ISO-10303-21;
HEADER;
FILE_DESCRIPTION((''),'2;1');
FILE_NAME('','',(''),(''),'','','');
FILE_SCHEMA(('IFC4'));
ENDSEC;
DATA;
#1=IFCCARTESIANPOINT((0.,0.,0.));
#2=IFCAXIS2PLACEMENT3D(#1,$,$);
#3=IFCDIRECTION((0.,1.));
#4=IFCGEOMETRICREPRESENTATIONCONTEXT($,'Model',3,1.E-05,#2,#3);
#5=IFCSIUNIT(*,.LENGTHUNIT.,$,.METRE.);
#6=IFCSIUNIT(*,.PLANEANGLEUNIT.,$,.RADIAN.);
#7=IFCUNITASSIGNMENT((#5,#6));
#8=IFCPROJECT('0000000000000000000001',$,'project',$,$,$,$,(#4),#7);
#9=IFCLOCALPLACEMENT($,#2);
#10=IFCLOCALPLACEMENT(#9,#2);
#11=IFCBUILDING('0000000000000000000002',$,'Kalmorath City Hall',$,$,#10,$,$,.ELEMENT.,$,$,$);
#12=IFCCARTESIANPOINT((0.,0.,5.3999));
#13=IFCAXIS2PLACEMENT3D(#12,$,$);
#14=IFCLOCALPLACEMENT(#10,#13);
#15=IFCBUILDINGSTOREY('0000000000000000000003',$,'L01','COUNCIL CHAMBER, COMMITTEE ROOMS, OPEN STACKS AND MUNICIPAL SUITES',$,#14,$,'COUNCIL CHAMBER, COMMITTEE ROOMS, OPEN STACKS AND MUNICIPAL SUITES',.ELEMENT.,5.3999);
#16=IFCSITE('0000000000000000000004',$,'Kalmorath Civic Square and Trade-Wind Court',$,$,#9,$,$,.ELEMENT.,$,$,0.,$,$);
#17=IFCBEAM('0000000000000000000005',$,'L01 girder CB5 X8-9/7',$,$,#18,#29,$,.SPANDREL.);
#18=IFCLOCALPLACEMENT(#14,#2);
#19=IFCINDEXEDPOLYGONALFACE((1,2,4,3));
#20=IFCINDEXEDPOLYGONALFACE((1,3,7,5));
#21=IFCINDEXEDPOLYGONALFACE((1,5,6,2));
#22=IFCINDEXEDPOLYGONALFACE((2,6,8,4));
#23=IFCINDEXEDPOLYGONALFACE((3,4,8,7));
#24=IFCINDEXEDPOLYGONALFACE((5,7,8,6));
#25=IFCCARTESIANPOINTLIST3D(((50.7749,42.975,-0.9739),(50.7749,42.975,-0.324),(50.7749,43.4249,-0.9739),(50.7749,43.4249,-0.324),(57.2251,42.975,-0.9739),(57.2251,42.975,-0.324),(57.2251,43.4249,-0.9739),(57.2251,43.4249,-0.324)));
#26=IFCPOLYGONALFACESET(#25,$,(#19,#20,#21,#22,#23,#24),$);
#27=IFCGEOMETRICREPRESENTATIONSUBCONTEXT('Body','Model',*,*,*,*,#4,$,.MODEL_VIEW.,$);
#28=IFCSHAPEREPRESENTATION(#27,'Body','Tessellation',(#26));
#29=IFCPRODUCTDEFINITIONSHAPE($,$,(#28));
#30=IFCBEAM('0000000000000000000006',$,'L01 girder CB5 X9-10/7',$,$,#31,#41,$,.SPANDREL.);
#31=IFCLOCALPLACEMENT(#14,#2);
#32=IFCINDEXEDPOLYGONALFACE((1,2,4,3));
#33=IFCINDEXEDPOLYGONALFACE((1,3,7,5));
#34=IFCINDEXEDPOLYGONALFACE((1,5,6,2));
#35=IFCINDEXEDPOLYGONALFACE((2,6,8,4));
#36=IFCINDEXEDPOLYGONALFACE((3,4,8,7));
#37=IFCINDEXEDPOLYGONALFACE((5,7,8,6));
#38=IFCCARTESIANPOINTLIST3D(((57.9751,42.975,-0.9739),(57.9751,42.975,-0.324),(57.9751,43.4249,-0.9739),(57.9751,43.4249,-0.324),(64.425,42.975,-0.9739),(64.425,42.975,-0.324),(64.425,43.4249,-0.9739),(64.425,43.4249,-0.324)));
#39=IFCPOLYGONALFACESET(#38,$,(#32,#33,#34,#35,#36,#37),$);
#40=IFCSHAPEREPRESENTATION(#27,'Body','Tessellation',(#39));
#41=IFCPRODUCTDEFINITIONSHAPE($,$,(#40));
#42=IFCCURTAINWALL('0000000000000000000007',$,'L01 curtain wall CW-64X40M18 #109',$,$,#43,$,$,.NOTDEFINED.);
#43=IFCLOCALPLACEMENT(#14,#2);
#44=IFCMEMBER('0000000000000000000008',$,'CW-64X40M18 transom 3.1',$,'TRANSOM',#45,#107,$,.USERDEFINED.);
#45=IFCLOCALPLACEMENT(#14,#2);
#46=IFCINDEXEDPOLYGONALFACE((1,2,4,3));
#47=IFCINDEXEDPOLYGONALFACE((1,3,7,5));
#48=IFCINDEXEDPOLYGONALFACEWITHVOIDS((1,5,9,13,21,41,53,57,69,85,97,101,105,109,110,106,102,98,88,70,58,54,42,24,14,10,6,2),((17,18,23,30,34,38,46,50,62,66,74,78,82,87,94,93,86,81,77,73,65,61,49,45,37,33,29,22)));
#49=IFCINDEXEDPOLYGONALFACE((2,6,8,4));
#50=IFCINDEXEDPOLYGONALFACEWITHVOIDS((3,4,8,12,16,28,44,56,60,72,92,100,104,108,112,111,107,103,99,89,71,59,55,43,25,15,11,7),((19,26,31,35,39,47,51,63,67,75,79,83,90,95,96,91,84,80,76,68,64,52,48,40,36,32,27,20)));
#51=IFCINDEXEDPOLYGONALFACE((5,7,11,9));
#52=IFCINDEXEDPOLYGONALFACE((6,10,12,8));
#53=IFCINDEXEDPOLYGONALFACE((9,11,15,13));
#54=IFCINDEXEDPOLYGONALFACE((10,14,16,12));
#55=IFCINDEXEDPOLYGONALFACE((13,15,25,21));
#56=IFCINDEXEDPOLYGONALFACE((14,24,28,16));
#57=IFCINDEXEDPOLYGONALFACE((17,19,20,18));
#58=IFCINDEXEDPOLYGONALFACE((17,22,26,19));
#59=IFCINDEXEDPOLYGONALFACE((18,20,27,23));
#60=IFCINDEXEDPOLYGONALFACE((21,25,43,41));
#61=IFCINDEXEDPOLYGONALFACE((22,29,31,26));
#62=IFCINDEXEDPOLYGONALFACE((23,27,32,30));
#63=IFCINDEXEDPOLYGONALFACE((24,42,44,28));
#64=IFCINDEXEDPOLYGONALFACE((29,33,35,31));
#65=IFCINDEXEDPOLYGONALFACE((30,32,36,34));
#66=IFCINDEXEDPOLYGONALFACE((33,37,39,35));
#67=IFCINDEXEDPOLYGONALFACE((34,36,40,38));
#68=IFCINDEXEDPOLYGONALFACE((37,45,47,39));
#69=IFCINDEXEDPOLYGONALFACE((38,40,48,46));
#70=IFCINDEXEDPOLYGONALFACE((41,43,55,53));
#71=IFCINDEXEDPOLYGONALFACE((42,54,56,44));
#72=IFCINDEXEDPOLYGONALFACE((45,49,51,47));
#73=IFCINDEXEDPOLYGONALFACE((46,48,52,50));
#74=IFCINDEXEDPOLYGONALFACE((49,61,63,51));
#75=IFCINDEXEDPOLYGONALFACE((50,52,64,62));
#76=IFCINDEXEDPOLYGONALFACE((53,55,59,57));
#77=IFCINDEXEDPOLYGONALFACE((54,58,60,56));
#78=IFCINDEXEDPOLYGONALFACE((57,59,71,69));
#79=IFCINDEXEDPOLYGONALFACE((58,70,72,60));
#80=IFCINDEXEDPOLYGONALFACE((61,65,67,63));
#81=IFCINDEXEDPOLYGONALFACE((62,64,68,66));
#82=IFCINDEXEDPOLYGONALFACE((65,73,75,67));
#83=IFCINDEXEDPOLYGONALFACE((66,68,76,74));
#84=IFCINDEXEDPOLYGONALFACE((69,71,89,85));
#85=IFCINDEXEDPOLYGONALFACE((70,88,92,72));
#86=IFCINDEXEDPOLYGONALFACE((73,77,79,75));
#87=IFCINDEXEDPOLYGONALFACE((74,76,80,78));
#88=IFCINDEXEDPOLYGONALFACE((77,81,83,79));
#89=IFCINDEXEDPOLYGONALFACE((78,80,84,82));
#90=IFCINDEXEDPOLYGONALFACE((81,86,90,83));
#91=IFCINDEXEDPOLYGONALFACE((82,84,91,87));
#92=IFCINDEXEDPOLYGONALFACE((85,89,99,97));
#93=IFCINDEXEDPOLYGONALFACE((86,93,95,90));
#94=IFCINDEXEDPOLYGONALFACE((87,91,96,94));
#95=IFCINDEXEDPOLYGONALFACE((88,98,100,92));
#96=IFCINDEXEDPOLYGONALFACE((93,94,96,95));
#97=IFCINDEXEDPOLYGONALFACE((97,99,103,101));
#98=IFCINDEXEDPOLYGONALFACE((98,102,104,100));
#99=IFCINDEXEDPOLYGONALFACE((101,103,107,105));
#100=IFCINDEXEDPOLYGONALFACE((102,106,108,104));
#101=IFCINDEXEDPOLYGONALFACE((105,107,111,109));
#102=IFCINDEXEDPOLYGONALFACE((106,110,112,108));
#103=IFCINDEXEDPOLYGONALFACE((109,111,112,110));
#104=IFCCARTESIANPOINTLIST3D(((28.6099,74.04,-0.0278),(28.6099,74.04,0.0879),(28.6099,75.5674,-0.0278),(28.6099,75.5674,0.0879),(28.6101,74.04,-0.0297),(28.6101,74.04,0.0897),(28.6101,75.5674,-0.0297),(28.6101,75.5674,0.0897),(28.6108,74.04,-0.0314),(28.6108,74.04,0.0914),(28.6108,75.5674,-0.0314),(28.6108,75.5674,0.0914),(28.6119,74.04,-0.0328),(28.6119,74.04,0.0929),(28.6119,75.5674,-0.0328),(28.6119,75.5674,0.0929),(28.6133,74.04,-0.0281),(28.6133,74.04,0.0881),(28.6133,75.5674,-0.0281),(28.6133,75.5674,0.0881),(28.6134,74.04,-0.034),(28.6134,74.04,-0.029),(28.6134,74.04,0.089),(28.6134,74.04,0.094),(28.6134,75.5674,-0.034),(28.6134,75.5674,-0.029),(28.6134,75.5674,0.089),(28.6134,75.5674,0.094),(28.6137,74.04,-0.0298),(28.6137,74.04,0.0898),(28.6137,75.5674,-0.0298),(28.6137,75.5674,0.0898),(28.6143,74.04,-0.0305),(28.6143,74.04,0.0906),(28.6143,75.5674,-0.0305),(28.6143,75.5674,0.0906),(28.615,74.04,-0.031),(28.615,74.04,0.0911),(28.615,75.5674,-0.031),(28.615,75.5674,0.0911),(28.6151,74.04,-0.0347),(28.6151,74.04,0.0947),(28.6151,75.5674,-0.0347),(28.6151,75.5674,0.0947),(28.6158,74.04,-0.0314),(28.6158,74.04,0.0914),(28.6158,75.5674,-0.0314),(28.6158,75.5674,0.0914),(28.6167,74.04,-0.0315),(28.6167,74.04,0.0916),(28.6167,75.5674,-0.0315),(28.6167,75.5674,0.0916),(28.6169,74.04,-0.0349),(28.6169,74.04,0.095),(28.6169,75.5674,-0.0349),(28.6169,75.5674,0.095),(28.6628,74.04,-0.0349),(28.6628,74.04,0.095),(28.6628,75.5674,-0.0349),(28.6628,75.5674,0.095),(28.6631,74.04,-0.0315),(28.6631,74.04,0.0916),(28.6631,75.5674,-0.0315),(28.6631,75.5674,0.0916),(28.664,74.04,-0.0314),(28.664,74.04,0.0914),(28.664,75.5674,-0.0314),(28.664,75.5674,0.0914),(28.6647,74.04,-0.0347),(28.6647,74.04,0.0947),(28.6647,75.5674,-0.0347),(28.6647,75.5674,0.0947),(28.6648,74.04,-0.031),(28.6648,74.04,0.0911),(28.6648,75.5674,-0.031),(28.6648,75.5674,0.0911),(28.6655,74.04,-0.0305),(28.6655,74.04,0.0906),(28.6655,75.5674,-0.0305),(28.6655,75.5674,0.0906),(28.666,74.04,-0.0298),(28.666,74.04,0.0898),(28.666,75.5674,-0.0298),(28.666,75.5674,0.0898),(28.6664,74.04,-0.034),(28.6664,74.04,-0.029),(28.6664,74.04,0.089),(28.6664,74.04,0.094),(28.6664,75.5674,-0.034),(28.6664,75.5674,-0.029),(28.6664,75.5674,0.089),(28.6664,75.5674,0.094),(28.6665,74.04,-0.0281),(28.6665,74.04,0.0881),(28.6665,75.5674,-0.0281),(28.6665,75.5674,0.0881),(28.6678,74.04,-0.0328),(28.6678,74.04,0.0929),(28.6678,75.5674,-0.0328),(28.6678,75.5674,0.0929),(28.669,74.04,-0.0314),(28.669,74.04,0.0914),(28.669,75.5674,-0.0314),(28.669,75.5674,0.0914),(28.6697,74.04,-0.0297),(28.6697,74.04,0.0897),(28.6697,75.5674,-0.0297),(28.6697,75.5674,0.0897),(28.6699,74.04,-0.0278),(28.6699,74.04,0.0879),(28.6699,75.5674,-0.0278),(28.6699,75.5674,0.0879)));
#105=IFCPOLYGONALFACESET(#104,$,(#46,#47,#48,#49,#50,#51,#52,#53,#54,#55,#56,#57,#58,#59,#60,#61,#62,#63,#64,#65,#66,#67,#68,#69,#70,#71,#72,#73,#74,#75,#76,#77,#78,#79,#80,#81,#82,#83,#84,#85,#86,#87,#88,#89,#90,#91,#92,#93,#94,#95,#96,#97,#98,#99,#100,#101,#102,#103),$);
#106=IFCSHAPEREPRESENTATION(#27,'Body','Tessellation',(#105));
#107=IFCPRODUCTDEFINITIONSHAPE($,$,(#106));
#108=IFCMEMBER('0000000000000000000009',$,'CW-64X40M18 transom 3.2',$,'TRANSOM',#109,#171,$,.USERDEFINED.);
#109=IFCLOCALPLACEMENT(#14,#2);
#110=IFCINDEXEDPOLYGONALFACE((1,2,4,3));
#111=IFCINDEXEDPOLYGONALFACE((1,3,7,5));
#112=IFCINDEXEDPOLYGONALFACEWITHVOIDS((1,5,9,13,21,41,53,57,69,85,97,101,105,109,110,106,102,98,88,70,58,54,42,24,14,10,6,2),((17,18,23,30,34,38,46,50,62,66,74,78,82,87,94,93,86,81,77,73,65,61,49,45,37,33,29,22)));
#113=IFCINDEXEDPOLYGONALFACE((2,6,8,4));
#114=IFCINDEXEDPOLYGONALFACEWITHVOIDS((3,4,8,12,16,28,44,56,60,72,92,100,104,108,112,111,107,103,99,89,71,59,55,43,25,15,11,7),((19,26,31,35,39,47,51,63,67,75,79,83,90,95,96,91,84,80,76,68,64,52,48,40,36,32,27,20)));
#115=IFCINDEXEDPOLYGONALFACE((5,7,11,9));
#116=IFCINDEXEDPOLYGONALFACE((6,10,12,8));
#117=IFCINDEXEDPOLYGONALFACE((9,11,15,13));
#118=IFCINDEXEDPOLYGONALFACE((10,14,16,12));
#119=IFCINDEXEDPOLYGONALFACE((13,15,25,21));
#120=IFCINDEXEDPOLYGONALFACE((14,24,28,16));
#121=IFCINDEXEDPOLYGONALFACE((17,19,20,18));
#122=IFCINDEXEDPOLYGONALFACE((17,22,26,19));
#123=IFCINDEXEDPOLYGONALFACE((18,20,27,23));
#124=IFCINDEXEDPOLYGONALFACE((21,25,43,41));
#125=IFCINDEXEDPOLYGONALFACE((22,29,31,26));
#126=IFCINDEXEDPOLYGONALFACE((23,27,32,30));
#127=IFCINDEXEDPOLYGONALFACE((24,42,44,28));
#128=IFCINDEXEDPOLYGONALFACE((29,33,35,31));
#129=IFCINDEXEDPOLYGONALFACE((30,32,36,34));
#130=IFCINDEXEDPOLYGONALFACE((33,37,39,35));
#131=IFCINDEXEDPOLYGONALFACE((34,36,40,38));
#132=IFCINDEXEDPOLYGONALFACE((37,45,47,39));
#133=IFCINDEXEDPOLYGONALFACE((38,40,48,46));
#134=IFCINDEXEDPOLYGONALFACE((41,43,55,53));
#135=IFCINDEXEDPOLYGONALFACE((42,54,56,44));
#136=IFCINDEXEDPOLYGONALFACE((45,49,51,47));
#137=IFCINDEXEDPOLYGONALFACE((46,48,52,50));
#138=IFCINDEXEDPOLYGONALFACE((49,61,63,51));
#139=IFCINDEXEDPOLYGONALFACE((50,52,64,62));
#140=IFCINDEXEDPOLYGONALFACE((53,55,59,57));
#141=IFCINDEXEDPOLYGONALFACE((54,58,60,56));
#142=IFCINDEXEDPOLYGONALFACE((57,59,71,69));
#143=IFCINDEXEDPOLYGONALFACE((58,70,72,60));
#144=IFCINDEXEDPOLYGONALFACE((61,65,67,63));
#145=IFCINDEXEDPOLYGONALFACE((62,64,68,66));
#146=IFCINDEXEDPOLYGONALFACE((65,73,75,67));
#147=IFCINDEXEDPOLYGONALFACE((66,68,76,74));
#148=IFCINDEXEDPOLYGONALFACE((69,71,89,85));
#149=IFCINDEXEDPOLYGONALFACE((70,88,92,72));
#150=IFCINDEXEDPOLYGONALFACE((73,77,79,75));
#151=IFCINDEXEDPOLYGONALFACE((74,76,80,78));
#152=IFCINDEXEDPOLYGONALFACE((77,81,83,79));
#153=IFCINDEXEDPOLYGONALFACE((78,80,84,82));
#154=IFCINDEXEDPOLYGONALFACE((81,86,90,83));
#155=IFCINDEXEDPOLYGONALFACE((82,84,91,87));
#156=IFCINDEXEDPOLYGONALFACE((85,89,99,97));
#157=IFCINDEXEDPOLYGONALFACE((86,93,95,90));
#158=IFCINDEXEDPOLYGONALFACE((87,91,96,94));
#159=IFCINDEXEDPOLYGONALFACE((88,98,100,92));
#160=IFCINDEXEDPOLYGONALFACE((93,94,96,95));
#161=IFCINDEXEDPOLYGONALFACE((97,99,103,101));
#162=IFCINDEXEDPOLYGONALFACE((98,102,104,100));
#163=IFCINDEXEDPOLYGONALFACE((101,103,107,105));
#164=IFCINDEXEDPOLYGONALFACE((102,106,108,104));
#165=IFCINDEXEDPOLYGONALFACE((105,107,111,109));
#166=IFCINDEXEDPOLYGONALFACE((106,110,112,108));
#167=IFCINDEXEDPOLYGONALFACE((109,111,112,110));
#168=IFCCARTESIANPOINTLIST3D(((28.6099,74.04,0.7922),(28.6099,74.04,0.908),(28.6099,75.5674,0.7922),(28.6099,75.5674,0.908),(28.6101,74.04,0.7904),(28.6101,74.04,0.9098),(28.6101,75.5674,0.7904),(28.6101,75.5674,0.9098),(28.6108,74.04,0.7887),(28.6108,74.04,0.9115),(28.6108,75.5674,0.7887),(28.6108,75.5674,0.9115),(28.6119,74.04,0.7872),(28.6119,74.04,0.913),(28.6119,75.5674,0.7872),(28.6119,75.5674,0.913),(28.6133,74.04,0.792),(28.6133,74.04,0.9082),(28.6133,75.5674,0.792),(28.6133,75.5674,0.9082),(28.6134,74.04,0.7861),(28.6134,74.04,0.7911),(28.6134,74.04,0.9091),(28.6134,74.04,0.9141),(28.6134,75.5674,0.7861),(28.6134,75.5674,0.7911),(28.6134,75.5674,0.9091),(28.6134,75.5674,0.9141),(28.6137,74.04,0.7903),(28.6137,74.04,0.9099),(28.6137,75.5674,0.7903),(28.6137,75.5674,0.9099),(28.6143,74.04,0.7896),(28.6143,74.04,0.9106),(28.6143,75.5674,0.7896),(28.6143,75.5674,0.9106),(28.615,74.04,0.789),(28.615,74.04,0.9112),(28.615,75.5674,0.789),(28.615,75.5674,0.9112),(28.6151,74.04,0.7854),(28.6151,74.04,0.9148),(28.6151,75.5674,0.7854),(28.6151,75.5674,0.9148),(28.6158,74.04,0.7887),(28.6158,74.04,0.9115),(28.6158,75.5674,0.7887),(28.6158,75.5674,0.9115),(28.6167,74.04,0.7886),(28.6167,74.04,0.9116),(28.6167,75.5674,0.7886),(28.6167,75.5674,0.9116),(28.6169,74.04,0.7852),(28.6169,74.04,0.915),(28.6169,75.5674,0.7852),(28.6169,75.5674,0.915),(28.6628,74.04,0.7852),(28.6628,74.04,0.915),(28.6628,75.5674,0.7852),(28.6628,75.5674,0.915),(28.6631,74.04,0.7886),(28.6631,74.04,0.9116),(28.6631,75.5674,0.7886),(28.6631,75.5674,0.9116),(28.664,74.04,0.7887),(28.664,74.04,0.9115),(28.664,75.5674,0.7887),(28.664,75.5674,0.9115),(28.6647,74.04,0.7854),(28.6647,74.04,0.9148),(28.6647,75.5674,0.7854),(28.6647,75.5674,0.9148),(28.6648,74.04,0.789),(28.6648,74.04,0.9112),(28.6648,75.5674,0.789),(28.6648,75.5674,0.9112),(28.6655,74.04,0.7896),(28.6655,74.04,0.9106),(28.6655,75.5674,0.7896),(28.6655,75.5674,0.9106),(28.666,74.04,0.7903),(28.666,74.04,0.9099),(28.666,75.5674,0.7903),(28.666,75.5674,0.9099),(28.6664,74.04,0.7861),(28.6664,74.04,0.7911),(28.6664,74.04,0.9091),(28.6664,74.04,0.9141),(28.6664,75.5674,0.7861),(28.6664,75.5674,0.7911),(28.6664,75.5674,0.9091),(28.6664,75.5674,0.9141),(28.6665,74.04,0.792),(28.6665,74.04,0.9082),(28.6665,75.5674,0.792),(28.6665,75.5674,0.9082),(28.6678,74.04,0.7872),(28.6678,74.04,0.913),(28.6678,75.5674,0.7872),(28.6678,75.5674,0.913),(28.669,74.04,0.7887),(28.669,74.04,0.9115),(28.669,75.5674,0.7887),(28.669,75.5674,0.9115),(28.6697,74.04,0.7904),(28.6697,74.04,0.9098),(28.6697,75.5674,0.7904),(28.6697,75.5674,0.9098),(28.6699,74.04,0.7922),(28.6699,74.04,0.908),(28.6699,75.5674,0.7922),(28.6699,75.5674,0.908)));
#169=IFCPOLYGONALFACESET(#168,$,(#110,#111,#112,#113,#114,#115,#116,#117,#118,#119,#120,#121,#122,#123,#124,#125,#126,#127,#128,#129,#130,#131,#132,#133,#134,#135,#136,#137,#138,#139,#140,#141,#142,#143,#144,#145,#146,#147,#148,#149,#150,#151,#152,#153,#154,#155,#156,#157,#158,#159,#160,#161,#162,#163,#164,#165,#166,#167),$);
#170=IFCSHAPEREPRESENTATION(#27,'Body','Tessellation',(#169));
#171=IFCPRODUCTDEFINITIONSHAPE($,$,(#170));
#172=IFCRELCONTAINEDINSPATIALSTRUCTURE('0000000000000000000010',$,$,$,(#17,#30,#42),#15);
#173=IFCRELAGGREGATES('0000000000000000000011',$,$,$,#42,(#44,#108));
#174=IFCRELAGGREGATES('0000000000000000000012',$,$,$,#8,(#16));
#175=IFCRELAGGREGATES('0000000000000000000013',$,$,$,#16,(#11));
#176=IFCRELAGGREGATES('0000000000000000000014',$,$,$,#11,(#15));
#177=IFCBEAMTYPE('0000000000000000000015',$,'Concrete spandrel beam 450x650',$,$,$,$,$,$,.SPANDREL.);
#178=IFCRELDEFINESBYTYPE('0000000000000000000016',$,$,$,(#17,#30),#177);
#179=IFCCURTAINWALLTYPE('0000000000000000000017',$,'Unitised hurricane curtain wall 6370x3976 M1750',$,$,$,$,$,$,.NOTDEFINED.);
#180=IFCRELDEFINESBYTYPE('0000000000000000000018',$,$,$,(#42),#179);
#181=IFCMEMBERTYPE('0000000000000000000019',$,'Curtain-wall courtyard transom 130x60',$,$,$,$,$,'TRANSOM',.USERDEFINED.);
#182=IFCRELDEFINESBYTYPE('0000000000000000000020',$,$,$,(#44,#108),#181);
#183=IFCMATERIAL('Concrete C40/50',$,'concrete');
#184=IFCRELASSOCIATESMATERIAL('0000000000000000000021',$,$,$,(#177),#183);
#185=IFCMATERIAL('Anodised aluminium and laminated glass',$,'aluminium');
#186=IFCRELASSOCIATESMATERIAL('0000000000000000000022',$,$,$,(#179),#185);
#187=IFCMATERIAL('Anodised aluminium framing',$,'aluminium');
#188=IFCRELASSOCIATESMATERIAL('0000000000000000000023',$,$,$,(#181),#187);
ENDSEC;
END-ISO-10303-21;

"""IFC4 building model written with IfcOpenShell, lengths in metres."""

from ifc_helpers import new_model, si_unit, direction, frame, origin, origin_2d, place, context, subcontext, project, spatial, rectangle, hollow_rectangle, extrude, material, material_profile, profile_set, type_object, element, aggregate, save


model = new_model("IFC4")

# Units and contexts
model_context = context("Model", 3, precision=1e-05, world=origin(), true_north=direction((0.0, 1.0)))
body_context = subcontext(model_context, "Body", "Model", "MODEL_VIEW")
ifc_project = project(units=[si_unit("LENGTHUNIT", "METRE"), si_unit("PLANEANGLEUNIT", "RADIAN")], contexts=[model_context])

# Site, building, storey
site_placement = place(None, origin())
site = spatial("IfcSite", under=ifc_project, at=site_placement, Name="Kalmorath Civic Square and Trade-Wind Court", CompositionType="ELEMENT", RefElevation=0.0)
building_placement = place(site_placement, origin())
building = spatial("IfcBuilding", under=site, at=building_placement, Name="Kalmorath City Hall", CompositionType="ELEMENT")
storey_placement = place(building_placement, frame((0.0, 0.0, 5.3999)))
storey = spatial("IfcBuildingStorey", under=building, at=storey_placement, Name="L01", Description="COUNCIL CHAMBER, COMMITTEE ROOMS, OPEN STACKS AND MUNICIPAL SUITES", LongName="COUNCIL CHAMBER, COMMITTEE ROOMS, OPEN STACKS AND MUNICIPAL SUITES", CompositionType="ELEMENT", Elevation=5.3999)

# Beams
ifc_material_1 = material(Name="Concrete C40/50", Category="concrete")
ifc_material_profile_1 = material_profile(ifc_material_1, rectangle(XDim=0.45, YDim=0.6499, at=origin_2d()), Name="RC-BM-450X650")
ifc_profile_set_1 = profile_set([ifc_material_profile_1], Name="Concrete C40/50")
beam_type_1 = type_object("IfcBeamType", Name="Concrete spandrel beam 450x650", PredefinedType="SPANDREL", material=ifc_profile_set_1)
beam_1_placement = place(storey_placement, frame((50.7749, 43.2, -0.6489), z_axis=(1.0, 0.0, 0.0), x_axis=(0.0, 1.0, 0.0)))
element("IfcBeam", 1, at=beam_1_placement, inside=storey, type_object=beam_type_1, Name="L01 girder CB5 X8-9/7", PredefinedType="SPANDREL", context=body_context, shape_type="SweptSolid", body=[
    extrude(rectangle(XDim=0.45, YDim=0.6499, at=origin_2d()), origin(), (0.0, 0.0, 1.0), 6.4502),
])
beam_2_placement = place(storey_placement, frame((57.9751, 43.2, -0.6489), z_axis=(1.0, 0.0, 0.0), x_axis=(0.0, 1.0, 0.0)))
element("IfcBeam", 2, at=beam_2_placement, inside=storey, type_object=beam_type_1, Name="L01 girder CB5 X9-10/7", PredefinedType="SPANDREL", context=body_context, shape_type="SweptSolid", body=[
    extrude(rectangle(XDim=0.45, YDim=0.6499, at=origin_2d()), origin(), (0.0, 0.0, 1.0), 6.45),
])

# Curtain wall, members
ifc_material_2 = material(Name="Anodised aluminium and laminated glass", Category="aluminium")
curtain_wall_type = type_object("IfcCurtainWallType", Name="Unitised hurricane curtain wall 6370x3976 M1750", PredefinedType="NOTDEFINED", material=ifc_material_2)
curtain_wall_placement = place(storey_placement, origin())
curtain_wall = element("IfcCurtainWall", 3, at=curtain_wall_placement, inside=storey, type_object=curtain_wall_type, Name="L01 curtain wall CW-64X40M18 #109", PredefinedType="NOTDEFINED")
ifc_material_3 = material(Name="Anodised aluminium framing", Category="aluminium")
ifc_material_profile_2 = material_profile(ifc_material_3, hollow_rectangle(XDim=0.0601, YDim=0.1299, WallThickness=0.0034, InnerFilletRadius=0.0034, OuterFilletRadius=0.0071, at=origin_2d()), Name="ALU-TRN-130X60X3.5")
ifc_profile_set_2 = profile_set([ifc_material_profile_2], Name="Anodised aluminium framing")
member_type = type_object("IfcMemberType", Name="Curtain-wall courtyard transom 130x60", ElementType="TRANSOM", PredefinedType="USERDEFINED", material=ifc_profile_set_2)
member_1_placement = place(storey_placement, frame((28.6399, 75.5674, 0.03), z_axis=(0.0, -1.0, 0.0), x_axis=(1.0, 0.0, 0.0)))
member_1 = element("IfcMember", 4, at=member_1_placement, type_object=member_type, Name="CW-64X40M18 transom 3.1", ObjectType="TRANSOM", PredefinedType="USERDEFINED", context=body_context, shape_type="SweptSolid", body=[
    extrude(hollow_rectangle(XDim=0.0601, YDim=0.1299, WallThickness=0.0034, InnerFilletRadius=0.0034, OuterFilletRadius=0.0071, at=origin_2d()), origin(), (0.0, 0.0, 1.0), 1.5273),
])
member_2_placement = place(storey_placement, frame((28.6399, 75.5674, 0.8501), z_axis=(0.0, -1.0, 0.0), x_axis=(1.0, 0.0, 0.0)))
member_2 = element("IfcMember", 5, at=member_2_placement, type_object=member_type, Name="CW-64X40M18 transom 3.2", ObjectType="TRANSOM", PredefinedType="USERDEFINED", context=body_context, shape_type="SweptSolid", body=[
    extrude(hollow_rectangle(XDim=0.0601, YDim=0.1299, WallThickness=0.0034, InnerFilletRadius=0.0034, OuterFilletRadius=0.0071, at=origin_2d()), origin(), (0.0, 0.0, 1.0), 1.5273),
])
aggregate(curtain_wall, [member_1, member_2])

save(model, "model.ifc")
